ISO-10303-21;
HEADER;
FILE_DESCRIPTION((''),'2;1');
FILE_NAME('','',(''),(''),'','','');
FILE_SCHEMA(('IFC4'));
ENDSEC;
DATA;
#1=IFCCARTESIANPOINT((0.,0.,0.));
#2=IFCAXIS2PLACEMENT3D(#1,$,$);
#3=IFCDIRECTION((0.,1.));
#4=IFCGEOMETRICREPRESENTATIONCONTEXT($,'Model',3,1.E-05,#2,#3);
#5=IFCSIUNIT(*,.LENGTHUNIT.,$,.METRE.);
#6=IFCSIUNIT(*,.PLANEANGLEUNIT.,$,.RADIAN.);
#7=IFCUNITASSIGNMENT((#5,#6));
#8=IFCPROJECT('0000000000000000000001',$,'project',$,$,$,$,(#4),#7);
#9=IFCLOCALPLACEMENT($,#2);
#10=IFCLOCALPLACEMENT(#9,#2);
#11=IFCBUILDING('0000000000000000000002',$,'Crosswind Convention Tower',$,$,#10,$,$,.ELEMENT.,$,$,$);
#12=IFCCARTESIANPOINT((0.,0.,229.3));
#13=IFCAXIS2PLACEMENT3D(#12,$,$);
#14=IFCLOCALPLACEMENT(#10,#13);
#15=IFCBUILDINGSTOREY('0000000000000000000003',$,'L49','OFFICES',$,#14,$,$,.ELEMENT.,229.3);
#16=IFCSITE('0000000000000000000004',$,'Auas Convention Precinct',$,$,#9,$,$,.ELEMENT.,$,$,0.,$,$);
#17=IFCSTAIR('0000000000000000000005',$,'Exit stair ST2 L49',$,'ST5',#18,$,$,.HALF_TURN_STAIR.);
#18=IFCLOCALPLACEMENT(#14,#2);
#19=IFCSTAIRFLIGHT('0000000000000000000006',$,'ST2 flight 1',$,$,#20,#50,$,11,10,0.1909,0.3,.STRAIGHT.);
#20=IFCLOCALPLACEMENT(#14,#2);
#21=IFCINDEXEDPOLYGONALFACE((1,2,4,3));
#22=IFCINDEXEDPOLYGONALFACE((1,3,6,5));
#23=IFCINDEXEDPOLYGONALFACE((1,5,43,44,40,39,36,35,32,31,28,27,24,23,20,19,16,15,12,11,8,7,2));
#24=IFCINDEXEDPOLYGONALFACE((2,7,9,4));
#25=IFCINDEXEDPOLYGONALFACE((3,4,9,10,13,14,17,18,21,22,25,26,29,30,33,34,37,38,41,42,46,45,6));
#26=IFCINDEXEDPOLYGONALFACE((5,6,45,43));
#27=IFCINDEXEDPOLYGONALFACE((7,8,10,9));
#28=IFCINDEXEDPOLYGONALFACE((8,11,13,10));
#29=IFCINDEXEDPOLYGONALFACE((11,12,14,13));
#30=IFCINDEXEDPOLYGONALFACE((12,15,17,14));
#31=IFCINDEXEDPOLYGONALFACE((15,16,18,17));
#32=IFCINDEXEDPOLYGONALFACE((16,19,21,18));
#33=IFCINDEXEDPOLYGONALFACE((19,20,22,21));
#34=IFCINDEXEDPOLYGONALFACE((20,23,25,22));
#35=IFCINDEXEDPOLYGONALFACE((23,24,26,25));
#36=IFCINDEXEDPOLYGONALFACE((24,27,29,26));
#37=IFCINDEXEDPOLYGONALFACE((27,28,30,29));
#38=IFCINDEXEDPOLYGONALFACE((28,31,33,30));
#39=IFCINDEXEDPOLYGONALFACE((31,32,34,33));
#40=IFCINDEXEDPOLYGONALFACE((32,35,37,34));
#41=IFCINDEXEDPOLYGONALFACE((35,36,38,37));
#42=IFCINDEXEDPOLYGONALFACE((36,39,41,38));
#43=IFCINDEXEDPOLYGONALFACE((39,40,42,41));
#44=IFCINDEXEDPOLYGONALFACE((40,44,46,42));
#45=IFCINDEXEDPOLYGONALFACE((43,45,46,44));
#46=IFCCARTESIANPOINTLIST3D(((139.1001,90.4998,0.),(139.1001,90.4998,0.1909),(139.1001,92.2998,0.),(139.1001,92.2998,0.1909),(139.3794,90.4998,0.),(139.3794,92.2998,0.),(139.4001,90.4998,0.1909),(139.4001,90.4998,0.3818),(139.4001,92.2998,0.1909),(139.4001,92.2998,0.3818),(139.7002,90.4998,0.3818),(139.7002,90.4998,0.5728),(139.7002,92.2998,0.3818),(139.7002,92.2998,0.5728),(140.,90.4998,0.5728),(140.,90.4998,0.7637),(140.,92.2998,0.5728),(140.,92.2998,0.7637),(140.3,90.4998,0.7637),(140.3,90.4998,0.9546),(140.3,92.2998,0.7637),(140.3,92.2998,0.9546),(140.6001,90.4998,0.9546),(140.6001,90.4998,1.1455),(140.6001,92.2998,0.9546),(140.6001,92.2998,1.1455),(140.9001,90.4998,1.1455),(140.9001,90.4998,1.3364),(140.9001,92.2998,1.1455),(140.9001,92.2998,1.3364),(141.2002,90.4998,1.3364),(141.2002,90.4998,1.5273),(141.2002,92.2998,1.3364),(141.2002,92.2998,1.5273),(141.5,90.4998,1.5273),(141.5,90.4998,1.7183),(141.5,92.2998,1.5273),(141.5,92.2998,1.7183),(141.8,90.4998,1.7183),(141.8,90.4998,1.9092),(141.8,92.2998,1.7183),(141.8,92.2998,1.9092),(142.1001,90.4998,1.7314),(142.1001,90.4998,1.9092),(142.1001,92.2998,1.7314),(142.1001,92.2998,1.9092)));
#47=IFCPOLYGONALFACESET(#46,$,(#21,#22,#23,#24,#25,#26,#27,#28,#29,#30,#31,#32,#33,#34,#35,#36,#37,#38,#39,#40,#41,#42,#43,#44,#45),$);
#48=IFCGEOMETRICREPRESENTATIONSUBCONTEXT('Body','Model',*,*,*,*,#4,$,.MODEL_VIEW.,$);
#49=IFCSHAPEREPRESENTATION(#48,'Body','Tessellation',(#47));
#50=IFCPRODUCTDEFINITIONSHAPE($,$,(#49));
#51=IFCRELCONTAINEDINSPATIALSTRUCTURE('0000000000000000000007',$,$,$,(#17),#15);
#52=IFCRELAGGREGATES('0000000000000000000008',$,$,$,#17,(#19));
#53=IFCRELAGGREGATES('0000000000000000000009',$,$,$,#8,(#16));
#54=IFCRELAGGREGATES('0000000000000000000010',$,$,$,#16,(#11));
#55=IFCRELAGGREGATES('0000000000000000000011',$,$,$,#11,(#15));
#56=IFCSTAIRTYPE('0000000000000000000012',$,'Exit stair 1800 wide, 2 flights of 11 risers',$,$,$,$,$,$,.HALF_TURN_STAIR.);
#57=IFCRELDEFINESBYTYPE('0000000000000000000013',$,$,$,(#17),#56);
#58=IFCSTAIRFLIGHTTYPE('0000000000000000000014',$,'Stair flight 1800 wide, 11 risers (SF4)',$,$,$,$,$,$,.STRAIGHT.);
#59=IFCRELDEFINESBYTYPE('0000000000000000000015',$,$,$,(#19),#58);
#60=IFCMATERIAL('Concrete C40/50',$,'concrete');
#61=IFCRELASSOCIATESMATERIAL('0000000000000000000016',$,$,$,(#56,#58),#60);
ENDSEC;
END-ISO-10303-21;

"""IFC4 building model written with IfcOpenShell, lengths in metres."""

from ifc_helpers import new_model, si_unit, direction, frame, origin, place, context, subcontext, project, spatial, polyline, outline, extrude, material, type_object, element, aggregate, save


model = new_model("IFC4")

# Units and contexts
model_context = context("Model", 3, precision=1e-05, world=origin(), true_north=direction((0.0, 1.0)))
body_context = subcontext(model_context, "Body", "Model", "MODEL_VIEW")
ifc_project = project(units=[si_unit("LENGTHUNIT", "METRE"), si_unit("PLANEANGLEUNIT", "RADIAN")], contexts=[model_context])

# Site, building, storey
site_placement = place(None, origin())
site = spatial("IfcSite", under=ifc_project, at=site_placement, Name="Auas Convention Precinct", CompositionType="ELEMENT", RefElevation=0.0)
building_placement = place(site_placement, origin())
building = spatial("IfcBuilding", under=site, at=building_placement, Name="Crosswind Convention Tower", CompositionType="ELEMENT")
storey_placement = place(building_placement, frame((0.0, 0.0, 229.3)))
storey = spatial("IfcBuildingStorey", under=building, at=storey_placement, Name="L49", Description="OFFICES", CompositionType="ELEMENT", Elevation=229.3)

# Stair, stair flight
ifc_material_1 = material(Name="Concrete C40/50", Category="concrete")
stair_type = type_object("IfcStairType", Name="Exit stair 1800 wide, 2 flights of 11 risers", PredefinedType="HALF_TURN_STAIR", material=ifc_material_1)
stair_placement = place(storey_placement, origin())
stair = element("IfcStair", 1, at=stair_placement, inside=storey, type_object=stair_type, Name="Exit stair ST2 L49", ObjectType="ST5", PredefinedType="HALF_TURN_STAIR")
stair_flight_type = type_object("IfcStairFlightType", Name="Stair flight 1800 wide, 11 risers (SF4)", PredefinedType="STRAIGHT", material=ifc_material_1)
stair_flight_placement = place(storey_placement, frame((139.1001, 91.3999, 0.0), z_axis=(0.0, 0.0, 1.0), x_axis=(1.0, 0.0, 0.0)))
stair_flight = element("IfcStairFlight", 2, at=stair_flight_placement, type_object=stair_flight_type, Name="ST2 flight 1", NumberOfRisers=11, NumberOfTreads=10, PredefinedType="STRAIGHT", RiserHeight=0.1909, TreadLength=0.3, context=body_context, shape_type="SweptSolid", body=[
    extrude(outline(polyline([(0.0, 0.0), (0.0, 0.1909), (0.3, 0.1909), (0.3, 0.3818), (0.6001, 0.3818), (0.6001, 0.5728), (0.8999, 0.5728), (0.8999, 0.7637), (1.2, 0.7637), (1.2, 0.9546), (1.5, 0.9546), (1.5, 1.1455), (1.8, 1.1455), (1.8, 1.3364), (2.1001, 1.3364), (2.1001, 1.5273), (2.3999, 1.5273), (2.3999, 1.7183), (2.7, 1.7183), (2.7, 1.9092), (3.0, 1.9092), (3.0, 2.1001), (3.0, 1.7314), (0.2793, 0.0), (0.0, 0.0)])), frame((0.0, 0.8999, 0.0), z_axis=(0.0, -1.0, 0.0), x_axis=(1.0, 0.0, 0.0)), (0.0, 0.0, 1.0), 1.8),
])
aggregate(stair, [stair_flight])

save(model, "model.ifc")
